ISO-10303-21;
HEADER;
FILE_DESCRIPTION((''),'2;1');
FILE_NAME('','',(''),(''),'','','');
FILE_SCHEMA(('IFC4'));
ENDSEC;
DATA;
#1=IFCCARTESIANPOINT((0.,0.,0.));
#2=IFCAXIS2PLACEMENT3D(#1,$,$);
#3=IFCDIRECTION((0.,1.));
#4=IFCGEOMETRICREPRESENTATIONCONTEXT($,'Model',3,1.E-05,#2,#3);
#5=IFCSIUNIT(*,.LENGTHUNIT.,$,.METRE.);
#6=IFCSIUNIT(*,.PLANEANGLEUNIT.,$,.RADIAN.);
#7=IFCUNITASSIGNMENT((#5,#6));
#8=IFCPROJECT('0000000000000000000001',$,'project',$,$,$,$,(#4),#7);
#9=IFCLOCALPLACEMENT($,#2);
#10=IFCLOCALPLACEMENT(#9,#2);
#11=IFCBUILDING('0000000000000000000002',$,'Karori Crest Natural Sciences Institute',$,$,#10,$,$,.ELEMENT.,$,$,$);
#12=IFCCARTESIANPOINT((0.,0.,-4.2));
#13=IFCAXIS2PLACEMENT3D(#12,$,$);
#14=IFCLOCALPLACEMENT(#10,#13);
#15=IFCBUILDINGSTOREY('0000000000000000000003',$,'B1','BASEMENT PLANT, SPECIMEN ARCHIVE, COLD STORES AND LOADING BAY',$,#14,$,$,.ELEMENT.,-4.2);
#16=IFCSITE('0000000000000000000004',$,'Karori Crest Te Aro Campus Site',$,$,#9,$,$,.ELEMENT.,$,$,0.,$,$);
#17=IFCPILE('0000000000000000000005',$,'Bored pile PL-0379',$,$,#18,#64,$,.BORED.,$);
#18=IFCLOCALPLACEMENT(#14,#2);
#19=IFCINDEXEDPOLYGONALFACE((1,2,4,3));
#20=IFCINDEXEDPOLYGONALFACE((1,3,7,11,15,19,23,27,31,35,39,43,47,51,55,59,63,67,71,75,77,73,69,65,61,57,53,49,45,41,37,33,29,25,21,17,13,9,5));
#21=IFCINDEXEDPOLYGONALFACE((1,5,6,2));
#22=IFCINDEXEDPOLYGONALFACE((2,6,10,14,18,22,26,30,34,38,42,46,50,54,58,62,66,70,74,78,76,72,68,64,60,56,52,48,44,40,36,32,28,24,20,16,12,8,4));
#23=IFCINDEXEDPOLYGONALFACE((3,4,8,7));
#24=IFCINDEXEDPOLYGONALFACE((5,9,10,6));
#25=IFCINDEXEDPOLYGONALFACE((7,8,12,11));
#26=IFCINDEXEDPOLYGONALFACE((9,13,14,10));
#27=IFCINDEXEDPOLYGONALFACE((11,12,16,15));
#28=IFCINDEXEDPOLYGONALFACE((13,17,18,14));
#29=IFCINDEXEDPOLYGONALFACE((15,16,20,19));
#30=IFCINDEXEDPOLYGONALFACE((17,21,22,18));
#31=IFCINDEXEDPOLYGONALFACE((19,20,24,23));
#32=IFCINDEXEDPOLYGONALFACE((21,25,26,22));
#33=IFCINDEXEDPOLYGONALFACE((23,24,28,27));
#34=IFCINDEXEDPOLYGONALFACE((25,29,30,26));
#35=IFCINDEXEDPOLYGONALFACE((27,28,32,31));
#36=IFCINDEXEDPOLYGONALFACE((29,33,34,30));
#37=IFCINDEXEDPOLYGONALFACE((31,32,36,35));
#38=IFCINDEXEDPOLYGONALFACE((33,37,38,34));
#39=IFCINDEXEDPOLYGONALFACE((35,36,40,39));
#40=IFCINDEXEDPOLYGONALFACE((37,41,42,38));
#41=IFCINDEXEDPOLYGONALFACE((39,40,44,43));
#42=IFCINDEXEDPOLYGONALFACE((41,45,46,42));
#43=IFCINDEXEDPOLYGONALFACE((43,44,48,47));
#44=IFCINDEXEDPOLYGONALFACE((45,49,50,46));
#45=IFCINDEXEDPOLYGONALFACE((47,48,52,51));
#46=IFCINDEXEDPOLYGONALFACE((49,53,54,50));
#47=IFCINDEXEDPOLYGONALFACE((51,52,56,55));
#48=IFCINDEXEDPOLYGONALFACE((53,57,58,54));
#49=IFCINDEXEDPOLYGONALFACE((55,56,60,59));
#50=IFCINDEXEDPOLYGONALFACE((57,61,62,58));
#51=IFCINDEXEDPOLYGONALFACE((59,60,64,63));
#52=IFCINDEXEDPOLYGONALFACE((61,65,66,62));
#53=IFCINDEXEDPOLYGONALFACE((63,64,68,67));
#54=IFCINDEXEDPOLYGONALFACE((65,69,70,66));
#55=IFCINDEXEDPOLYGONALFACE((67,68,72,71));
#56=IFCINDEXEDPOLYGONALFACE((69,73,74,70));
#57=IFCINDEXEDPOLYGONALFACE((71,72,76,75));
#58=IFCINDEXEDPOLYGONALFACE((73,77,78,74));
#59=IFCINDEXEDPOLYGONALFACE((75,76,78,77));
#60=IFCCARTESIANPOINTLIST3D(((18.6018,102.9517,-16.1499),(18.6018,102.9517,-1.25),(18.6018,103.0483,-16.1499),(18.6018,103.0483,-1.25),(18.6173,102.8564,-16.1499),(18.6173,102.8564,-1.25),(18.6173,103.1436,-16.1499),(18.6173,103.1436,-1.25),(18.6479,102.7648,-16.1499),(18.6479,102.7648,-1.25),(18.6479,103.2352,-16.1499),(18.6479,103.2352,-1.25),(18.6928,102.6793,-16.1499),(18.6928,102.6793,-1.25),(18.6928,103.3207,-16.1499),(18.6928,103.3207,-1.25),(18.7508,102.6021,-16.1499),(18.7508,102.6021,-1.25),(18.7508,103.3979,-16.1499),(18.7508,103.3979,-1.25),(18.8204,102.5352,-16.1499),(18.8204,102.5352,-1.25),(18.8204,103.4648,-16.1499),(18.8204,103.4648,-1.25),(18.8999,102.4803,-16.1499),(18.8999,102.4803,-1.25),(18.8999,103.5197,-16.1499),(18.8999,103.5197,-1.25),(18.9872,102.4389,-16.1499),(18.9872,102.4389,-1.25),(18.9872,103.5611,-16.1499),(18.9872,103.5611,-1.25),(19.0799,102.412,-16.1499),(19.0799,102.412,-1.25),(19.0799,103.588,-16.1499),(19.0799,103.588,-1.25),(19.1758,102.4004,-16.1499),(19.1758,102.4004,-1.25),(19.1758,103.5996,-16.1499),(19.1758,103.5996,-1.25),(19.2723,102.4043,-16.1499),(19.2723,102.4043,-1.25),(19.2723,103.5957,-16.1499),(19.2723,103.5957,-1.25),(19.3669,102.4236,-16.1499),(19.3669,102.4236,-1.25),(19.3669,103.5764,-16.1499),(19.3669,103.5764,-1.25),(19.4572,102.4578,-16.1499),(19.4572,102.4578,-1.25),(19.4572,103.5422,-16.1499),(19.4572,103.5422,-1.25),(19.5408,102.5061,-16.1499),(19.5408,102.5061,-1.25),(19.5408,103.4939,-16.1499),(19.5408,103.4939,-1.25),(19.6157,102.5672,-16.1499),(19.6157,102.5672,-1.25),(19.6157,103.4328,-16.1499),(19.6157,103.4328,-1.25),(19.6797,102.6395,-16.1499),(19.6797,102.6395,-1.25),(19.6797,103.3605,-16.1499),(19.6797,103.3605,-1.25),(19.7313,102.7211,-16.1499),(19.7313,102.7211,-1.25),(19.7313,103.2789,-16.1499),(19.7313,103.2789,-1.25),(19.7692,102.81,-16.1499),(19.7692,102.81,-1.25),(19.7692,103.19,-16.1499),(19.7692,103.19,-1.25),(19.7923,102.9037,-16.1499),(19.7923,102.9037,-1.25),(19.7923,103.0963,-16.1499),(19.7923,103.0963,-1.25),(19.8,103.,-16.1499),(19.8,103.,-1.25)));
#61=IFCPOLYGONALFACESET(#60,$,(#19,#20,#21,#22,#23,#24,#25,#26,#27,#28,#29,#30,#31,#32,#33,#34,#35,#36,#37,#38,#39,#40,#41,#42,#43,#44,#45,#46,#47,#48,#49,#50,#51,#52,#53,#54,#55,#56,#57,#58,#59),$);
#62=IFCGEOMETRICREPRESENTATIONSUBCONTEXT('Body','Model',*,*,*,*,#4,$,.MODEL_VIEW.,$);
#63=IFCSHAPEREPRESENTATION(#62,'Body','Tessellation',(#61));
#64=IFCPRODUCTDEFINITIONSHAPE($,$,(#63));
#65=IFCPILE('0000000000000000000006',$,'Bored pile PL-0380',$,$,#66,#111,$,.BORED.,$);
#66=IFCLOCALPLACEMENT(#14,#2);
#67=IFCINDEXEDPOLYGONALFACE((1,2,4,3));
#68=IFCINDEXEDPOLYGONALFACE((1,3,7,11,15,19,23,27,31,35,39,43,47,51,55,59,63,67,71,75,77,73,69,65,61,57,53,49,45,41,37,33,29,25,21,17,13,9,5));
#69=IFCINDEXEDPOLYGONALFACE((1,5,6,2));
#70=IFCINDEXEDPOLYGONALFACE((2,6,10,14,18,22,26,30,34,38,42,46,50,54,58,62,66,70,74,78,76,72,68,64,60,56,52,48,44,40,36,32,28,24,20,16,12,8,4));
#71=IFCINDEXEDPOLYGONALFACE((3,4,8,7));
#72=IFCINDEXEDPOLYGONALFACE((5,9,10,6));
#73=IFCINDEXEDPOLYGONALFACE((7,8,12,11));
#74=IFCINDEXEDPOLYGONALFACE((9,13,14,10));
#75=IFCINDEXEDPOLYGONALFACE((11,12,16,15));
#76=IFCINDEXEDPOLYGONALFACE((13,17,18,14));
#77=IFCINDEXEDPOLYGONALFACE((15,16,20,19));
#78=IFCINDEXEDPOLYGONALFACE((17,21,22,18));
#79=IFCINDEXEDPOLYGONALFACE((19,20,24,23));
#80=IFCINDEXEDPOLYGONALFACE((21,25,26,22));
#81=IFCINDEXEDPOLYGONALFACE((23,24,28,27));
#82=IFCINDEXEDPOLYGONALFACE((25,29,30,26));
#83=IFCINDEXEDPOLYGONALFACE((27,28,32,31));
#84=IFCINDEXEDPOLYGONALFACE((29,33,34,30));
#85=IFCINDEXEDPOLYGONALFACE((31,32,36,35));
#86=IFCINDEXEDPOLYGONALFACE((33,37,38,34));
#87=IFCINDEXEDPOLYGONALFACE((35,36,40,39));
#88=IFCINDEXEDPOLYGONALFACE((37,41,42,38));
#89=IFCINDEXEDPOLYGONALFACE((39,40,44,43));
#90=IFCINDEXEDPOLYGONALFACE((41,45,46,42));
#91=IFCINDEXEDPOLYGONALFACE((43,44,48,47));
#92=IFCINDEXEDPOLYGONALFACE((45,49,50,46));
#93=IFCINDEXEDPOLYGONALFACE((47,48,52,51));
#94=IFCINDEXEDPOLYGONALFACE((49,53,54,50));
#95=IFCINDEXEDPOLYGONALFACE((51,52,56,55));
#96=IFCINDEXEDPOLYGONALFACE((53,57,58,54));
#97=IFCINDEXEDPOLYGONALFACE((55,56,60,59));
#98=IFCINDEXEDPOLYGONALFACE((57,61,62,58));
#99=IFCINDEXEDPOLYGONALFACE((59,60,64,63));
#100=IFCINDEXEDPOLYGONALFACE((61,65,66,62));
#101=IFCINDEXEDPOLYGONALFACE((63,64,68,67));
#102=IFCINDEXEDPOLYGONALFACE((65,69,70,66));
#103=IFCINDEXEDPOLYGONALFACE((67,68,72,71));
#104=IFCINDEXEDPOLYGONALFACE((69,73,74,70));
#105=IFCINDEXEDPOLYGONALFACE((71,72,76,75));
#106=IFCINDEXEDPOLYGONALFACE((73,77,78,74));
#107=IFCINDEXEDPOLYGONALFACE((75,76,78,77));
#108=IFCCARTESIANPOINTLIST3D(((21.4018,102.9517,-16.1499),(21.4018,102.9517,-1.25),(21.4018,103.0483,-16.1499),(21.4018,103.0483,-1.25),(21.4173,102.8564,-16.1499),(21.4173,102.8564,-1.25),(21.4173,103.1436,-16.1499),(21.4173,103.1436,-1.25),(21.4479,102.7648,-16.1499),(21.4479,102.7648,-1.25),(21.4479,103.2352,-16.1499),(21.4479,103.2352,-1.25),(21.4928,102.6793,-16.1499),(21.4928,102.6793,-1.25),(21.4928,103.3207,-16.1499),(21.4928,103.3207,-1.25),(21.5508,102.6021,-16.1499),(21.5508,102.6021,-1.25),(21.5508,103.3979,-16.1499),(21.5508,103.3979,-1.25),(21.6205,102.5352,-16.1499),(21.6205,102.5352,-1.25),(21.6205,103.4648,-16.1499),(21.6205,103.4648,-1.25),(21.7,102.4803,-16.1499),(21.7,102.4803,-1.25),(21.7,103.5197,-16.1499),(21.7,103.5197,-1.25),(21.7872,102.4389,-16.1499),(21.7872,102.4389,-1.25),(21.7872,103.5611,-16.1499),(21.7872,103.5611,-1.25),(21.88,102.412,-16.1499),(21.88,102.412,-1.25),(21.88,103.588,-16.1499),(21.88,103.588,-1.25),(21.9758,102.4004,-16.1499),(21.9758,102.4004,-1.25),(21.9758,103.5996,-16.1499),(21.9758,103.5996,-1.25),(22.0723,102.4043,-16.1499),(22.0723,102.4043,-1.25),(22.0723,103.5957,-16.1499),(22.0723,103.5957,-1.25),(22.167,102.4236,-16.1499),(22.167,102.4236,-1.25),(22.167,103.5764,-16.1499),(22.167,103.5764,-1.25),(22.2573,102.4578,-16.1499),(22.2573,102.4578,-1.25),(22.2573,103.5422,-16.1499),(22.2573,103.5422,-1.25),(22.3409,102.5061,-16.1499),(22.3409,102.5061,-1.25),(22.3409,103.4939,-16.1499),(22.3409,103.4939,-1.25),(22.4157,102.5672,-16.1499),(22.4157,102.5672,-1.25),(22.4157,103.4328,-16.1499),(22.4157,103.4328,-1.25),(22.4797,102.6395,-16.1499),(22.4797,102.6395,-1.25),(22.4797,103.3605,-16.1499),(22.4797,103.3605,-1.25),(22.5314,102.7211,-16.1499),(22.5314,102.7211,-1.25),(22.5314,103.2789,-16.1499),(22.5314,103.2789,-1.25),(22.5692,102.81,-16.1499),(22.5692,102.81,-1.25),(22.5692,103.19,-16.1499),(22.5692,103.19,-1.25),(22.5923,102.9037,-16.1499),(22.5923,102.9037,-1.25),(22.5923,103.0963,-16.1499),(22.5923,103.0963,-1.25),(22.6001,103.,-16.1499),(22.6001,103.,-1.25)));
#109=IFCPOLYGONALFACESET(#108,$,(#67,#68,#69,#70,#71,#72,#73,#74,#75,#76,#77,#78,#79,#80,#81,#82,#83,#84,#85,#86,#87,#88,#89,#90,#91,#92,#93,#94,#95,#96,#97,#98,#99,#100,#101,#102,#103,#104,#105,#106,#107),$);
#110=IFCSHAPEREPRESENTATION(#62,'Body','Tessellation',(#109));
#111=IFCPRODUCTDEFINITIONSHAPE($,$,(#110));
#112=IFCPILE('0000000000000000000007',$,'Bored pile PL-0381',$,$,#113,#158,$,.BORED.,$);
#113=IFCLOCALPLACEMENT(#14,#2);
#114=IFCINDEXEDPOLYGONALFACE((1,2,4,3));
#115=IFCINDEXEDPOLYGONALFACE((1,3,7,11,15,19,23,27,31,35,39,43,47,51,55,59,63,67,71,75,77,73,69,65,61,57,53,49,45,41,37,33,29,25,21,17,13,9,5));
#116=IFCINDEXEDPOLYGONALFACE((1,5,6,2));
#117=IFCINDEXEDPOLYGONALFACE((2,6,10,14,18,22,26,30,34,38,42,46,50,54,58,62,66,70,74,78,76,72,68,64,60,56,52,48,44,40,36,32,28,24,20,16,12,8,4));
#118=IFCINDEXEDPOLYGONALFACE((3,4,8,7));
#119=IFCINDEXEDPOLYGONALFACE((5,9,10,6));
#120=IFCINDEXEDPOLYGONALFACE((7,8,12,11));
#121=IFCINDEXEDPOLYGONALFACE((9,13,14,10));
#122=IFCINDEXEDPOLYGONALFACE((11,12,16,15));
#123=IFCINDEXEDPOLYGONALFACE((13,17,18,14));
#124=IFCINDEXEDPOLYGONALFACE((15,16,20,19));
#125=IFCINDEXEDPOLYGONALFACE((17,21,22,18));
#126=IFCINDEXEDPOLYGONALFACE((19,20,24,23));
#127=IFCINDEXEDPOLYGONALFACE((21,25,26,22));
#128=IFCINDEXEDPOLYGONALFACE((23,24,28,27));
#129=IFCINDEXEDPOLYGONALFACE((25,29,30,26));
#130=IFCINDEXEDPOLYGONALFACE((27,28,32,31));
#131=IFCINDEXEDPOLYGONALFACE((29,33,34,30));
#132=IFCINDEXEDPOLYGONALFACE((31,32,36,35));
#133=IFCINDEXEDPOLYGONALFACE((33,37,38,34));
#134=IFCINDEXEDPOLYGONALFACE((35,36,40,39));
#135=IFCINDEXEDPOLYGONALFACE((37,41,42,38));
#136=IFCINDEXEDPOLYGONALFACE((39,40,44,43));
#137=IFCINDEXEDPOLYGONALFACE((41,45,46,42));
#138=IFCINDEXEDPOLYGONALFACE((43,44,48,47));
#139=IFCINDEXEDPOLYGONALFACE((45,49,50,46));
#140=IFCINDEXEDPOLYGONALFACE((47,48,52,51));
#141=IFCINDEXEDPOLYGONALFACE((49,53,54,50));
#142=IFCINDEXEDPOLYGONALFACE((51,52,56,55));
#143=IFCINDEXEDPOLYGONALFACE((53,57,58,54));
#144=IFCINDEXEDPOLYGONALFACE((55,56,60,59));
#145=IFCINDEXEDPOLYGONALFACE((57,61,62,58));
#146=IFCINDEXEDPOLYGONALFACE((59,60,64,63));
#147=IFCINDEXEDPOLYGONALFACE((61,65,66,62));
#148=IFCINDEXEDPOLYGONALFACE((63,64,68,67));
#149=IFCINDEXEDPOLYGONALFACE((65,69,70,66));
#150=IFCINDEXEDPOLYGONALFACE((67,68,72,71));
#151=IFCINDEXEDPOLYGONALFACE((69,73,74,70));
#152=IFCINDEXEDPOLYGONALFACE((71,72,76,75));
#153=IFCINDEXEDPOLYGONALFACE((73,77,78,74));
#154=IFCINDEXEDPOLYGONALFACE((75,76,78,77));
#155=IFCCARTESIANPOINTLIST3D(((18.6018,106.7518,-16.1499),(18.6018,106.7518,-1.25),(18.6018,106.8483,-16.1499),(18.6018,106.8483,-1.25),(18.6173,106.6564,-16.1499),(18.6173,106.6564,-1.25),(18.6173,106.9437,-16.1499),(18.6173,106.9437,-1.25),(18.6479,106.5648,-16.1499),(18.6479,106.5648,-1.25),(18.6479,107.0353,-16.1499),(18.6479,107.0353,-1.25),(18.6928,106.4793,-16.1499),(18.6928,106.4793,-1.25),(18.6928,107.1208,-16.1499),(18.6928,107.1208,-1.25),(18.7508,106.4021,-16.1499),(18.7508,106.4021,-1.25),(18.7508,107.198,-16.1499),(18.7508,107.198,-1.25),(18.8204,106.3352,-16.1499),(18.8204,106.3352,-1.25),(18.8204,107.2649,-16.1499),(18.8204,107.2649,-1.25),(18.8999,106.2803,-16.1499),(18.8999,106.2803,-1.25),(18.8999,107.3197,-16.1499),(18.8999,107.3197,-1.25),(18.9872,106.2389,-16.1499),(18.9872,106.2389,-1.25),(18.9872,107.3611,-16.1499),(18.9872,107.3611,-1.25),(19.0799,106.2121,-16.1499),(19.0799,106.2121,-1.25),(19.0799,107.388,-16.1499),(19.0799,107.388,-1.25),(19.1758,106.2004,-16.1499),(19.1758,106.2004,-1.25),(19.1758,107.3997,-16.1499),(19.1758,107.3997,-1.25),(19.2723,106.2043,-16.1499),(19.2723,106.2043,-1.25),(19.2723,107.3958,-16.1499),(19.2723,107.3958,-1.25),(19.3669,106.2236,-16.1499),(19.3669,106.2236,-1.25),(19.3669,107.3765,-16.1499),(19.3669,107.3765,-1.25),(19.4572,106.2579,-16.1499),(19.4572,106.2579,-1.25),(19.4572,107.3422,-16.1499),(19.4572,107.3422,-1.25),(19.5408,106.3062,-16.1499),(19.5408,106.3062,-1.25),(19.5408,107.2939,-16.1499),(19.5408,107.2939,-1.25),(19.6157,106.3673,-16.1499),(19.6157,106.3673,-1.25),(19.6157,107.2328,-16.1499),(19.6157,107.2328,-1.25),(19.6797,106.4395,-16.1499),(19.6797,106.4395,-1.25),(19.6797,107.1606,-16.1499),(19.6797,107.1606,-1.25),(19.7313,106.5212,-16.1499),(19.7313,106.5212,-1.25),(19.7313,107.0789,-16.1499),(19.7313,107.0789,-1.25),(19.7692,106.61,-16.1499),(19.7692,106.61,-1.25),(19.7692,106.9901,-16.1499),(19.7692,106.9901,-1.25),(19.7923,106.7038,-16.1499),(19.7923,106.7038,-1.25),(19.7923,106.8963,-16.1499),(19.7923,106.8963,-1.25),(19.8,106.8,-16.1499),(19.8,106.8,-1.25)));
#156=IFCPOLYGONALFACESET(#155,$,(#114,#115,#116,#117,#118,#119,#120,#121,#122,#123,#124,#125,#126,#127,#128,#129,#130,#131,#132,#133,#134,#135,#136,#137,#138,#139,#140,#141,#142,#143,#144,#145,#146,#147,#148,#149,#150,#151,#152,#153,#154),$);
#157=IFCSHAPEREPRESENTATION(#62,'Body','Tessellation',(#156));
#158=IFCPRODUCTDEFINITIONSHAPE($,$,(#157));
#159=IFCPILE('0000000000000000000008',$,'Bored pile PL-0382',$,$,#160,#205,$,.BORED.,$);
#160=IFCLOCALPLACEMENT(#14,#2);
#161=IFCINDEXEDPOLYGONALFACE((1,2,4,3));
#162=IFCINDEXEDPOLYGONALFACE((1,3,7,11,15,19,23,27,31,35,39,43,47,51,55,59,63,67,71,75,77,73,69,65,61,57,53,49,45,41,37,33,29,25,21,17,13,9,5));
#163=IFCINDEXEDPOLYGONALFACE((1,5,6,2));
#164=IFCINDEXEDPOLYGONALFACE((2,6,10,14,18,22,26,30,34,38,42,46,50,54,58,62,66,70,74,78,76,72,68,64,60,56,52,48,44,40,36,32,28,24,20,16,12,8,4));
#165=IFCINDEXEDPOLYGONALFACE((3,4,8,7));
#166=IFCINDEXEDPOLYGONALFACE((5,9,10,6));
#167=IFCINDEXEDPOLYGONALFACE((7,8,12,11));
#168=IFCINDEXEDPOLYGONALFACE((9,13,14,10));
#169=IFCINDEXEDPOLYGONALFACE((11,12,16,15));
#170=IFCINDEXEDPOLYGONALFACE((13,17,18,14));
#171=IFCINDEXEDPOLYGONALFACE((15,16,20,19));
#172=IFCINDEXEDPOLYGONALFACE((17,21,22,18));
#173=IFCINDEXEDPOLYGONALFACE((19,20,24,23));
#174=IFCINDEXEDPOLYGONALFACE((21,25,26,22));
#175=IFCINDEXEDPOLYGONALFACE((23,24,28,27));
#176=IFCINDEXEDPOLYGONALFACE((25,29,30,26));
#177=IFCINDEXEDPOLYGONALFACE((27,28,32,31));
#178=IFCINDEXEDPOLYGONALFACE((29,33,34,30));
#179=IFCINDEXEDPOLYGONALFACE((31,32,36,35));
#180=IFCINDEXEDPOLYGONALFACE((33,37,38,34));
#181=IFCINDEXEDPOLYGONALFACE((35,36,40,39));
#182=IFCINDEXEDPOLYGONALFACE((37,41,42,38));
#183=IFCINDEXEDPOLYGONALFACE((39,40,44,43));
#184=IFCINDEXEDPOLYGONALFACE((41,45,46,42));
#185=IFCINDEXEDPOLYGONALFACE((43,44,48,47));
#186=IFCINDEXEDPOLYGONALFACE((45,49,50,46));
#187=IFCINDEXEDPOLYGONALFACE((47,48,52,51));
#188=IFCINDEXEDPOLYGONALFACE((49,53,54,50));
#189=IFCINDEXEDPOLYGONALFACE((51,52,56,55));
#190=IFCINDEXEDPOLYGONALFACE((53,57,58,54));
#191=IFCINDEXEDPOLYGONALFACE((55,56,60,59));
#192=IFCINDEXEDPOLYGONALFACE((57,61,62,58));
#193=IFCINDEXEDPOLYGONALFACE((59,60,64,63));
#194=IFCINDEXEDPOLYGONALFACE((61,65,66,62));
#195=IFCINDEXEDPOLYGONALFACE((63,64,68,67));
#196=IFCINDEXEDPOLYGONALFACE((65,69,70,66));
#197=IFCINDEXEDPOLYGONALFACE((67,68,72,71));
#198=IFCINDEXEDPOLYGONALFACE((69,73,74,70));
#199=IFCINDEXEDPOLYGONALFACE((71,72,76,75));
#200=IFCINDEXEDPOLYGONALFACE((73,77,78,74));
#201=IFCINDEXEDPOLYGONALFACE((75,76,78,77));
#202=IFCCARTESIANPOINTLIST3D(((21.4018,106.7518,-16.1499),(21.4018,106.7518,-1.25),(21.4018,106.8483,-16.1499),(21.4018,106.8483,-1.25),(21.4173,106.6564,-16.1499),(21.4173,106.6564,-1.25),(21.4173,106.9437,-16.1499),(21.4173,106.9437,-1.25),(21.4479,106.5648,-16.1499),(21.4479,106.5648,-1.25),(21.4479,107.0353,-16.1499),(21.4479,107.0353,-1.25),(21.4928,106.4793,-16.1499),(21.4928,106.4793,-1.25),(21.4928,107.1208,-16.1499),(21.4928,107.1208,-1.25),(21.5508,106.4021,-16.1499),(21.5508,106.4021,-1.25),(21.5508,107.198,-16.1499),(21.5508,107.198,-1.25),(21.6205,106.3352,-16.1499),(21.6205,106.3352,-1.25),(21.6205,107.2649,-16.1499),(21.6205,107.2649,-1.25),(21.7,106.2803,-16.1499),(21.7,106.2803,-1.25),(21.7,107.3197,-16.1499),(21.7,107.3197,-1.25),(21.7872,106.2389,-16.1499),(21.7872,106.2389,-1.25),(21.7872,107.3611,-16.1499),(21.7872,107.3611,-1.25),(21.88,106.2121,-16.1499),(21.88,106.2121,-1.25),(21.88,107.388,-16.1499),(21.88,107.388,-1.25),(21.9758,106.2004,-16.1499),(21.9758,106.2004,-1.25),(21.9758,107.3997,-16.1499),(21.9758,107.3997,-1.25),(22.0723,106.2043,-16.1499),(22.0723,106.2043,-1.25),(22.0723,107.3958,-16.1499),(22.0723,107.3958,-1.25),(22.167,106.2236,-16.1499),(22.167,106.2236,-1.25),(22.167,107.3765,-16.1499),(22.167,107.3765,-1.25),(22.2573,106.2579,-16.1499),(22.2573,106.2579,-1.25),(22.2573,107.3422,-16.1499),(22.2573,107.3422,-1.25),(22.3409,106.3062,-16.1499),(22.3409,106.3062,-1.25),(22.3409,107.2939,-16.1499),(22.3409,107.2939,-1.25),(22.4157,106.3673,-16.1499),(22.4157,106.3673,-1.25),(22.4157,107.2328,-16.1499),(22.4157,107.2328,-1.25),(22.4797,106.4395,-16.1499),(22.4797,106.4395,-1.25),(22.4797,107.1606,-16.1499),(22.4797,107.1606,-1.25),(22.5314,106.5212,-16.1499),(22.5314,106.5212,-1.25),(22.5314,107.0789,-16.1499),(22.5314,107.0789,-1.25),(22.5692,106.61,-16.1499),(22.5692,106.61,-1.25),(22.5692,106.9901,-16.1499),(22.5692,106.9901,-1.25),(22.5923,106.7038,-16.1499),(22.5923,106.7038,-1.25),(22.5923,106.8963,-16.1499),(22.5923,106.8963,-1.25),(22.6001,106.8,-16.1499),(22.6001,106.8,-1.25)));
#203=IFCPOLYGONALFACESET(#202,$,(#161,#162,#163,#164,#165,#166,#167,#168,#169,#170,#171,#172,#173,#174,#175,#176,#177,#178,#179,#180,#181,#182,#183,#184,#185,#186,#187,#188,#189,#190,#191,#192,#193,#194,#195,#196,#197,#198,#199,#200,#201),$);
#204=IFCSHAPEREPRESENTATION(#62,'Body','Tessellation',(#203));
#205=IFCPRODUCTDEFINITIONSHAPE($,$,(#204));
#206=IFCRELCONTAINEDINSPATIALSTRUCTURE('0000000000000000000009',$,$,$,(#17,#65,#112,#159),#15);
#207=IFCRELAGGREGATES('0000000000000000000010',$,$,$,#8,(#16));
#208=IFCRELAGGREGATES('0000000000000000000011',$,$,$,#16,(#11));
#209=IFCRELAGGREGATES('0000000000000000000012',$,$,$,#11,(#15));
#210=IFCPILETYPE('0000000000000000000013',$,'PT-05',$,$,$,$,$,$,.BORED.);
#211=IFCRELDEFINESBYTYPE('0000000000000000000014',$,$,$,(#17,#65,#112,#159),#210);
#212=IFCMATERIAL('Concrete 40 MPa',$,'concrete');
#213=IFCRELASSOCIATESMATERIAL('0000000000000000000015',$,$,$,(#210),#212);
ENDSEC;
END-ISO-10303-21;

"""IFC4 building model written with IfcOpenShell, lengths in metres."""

from ifc_helpers import new_model, si_unit, direction, frame, origin, origin_2d, place, context, subcontext, project, spatial, circle, extrude, material, material_profile, profile_set, type_object, element, save


model = new_model("IFC4")

# Units and contexts
model_context = context("Model", 3, precision=1e-05, world=origin(), true_north=direction((0.0, 1.0)))
body_context = subcontext(model_context, "Body", "Model", "MODEL_VIEW")
ifc_project = project(units=[si_unit("LENGTHUNIT", "METRE"), si_unit("PLANEANGLEUNIT", "RADIAN")], contexts=[model_context])

# Site, building, storey
site_placement = place(None, origin())
site = spatial("IfcSite", under=ifc_project, at=site_placement, Name="Karori Crest Te Aro Campus Site", CompositionType="ELEMENT", RefElevation=0.0)
building_placement = place(site_placement, origin())
building = spatial("IfcBuilding", under=site, at=building_placement, Name="Karori Crest Natural Sciences Institute", CompositionType="ELEMENT")
storey_placement = place(building_placement, frame((0.0, 0.0, -4.2)))
storey = spatial("IfcBuildingStorey", under=building, at=storey_placement, Name="B1", Description="BASEMENT PLANT, SPECIMEN ARCHIVE, COLD STORES AND LOADING BAY", CompositionType="ELEMENT", Elevation=-4.2)

# Shared definitions
ifc_material_1 = material(Name="Concrete 40 MPa", Category="concrete")

# Piles
ifc_material_profile_1 = material_profile(ifc_material_1, circle(Radius=0.6001, at=origin_2d()), Name="PILE1200")
ifc_profile_set_1 = profile_set([ifc_material_profile_1], Name="Concrete 40 MPa")
pile_type = type_object("IfcPileType", Name="PT-05", PredefinedType="BORED", material=ifc_profile_set_1)
for number, where, z_axis, x_axis, name in (
    (1, (19.2, 103.0, -1.25), (0.0, 0.0, -1.0), (1.0, 0.0, 0.0), "Bored pile PL-0379"),
    (2, (22.0, 103.0, -1.25), (0.0, 0.0, -1.0), (1.0, 0.0, 0.0), "Bored pile PL-0380"),
    (3, (19.2, 106.8, -1.25), (0.0, 0.0, -1.0), (1.0, 0.0, 0.0), "Bored pile PL-0381"),
    (4, (22.0, 106.8, -1.25), (0.0, 0.0, -1.0), (1.0, 0.0, 0.0), "Bored pile PL-0382"),
):
    element("IfcPile", number, at=place(storey_placement, frame(where, z_axis=z_axis, x_axis=x_axis)), inside=storey, type_object=pile_type, Name=name, PredefinedType="BORED", context=body_context, shape_type="SweptSolid", body=[
        extrude(circle(Radius=0.6001, at=origin_2d()), origin(), (0.0, 0.0, 1.0), 14.8999),
    ])

save(model, "model.ifc")
